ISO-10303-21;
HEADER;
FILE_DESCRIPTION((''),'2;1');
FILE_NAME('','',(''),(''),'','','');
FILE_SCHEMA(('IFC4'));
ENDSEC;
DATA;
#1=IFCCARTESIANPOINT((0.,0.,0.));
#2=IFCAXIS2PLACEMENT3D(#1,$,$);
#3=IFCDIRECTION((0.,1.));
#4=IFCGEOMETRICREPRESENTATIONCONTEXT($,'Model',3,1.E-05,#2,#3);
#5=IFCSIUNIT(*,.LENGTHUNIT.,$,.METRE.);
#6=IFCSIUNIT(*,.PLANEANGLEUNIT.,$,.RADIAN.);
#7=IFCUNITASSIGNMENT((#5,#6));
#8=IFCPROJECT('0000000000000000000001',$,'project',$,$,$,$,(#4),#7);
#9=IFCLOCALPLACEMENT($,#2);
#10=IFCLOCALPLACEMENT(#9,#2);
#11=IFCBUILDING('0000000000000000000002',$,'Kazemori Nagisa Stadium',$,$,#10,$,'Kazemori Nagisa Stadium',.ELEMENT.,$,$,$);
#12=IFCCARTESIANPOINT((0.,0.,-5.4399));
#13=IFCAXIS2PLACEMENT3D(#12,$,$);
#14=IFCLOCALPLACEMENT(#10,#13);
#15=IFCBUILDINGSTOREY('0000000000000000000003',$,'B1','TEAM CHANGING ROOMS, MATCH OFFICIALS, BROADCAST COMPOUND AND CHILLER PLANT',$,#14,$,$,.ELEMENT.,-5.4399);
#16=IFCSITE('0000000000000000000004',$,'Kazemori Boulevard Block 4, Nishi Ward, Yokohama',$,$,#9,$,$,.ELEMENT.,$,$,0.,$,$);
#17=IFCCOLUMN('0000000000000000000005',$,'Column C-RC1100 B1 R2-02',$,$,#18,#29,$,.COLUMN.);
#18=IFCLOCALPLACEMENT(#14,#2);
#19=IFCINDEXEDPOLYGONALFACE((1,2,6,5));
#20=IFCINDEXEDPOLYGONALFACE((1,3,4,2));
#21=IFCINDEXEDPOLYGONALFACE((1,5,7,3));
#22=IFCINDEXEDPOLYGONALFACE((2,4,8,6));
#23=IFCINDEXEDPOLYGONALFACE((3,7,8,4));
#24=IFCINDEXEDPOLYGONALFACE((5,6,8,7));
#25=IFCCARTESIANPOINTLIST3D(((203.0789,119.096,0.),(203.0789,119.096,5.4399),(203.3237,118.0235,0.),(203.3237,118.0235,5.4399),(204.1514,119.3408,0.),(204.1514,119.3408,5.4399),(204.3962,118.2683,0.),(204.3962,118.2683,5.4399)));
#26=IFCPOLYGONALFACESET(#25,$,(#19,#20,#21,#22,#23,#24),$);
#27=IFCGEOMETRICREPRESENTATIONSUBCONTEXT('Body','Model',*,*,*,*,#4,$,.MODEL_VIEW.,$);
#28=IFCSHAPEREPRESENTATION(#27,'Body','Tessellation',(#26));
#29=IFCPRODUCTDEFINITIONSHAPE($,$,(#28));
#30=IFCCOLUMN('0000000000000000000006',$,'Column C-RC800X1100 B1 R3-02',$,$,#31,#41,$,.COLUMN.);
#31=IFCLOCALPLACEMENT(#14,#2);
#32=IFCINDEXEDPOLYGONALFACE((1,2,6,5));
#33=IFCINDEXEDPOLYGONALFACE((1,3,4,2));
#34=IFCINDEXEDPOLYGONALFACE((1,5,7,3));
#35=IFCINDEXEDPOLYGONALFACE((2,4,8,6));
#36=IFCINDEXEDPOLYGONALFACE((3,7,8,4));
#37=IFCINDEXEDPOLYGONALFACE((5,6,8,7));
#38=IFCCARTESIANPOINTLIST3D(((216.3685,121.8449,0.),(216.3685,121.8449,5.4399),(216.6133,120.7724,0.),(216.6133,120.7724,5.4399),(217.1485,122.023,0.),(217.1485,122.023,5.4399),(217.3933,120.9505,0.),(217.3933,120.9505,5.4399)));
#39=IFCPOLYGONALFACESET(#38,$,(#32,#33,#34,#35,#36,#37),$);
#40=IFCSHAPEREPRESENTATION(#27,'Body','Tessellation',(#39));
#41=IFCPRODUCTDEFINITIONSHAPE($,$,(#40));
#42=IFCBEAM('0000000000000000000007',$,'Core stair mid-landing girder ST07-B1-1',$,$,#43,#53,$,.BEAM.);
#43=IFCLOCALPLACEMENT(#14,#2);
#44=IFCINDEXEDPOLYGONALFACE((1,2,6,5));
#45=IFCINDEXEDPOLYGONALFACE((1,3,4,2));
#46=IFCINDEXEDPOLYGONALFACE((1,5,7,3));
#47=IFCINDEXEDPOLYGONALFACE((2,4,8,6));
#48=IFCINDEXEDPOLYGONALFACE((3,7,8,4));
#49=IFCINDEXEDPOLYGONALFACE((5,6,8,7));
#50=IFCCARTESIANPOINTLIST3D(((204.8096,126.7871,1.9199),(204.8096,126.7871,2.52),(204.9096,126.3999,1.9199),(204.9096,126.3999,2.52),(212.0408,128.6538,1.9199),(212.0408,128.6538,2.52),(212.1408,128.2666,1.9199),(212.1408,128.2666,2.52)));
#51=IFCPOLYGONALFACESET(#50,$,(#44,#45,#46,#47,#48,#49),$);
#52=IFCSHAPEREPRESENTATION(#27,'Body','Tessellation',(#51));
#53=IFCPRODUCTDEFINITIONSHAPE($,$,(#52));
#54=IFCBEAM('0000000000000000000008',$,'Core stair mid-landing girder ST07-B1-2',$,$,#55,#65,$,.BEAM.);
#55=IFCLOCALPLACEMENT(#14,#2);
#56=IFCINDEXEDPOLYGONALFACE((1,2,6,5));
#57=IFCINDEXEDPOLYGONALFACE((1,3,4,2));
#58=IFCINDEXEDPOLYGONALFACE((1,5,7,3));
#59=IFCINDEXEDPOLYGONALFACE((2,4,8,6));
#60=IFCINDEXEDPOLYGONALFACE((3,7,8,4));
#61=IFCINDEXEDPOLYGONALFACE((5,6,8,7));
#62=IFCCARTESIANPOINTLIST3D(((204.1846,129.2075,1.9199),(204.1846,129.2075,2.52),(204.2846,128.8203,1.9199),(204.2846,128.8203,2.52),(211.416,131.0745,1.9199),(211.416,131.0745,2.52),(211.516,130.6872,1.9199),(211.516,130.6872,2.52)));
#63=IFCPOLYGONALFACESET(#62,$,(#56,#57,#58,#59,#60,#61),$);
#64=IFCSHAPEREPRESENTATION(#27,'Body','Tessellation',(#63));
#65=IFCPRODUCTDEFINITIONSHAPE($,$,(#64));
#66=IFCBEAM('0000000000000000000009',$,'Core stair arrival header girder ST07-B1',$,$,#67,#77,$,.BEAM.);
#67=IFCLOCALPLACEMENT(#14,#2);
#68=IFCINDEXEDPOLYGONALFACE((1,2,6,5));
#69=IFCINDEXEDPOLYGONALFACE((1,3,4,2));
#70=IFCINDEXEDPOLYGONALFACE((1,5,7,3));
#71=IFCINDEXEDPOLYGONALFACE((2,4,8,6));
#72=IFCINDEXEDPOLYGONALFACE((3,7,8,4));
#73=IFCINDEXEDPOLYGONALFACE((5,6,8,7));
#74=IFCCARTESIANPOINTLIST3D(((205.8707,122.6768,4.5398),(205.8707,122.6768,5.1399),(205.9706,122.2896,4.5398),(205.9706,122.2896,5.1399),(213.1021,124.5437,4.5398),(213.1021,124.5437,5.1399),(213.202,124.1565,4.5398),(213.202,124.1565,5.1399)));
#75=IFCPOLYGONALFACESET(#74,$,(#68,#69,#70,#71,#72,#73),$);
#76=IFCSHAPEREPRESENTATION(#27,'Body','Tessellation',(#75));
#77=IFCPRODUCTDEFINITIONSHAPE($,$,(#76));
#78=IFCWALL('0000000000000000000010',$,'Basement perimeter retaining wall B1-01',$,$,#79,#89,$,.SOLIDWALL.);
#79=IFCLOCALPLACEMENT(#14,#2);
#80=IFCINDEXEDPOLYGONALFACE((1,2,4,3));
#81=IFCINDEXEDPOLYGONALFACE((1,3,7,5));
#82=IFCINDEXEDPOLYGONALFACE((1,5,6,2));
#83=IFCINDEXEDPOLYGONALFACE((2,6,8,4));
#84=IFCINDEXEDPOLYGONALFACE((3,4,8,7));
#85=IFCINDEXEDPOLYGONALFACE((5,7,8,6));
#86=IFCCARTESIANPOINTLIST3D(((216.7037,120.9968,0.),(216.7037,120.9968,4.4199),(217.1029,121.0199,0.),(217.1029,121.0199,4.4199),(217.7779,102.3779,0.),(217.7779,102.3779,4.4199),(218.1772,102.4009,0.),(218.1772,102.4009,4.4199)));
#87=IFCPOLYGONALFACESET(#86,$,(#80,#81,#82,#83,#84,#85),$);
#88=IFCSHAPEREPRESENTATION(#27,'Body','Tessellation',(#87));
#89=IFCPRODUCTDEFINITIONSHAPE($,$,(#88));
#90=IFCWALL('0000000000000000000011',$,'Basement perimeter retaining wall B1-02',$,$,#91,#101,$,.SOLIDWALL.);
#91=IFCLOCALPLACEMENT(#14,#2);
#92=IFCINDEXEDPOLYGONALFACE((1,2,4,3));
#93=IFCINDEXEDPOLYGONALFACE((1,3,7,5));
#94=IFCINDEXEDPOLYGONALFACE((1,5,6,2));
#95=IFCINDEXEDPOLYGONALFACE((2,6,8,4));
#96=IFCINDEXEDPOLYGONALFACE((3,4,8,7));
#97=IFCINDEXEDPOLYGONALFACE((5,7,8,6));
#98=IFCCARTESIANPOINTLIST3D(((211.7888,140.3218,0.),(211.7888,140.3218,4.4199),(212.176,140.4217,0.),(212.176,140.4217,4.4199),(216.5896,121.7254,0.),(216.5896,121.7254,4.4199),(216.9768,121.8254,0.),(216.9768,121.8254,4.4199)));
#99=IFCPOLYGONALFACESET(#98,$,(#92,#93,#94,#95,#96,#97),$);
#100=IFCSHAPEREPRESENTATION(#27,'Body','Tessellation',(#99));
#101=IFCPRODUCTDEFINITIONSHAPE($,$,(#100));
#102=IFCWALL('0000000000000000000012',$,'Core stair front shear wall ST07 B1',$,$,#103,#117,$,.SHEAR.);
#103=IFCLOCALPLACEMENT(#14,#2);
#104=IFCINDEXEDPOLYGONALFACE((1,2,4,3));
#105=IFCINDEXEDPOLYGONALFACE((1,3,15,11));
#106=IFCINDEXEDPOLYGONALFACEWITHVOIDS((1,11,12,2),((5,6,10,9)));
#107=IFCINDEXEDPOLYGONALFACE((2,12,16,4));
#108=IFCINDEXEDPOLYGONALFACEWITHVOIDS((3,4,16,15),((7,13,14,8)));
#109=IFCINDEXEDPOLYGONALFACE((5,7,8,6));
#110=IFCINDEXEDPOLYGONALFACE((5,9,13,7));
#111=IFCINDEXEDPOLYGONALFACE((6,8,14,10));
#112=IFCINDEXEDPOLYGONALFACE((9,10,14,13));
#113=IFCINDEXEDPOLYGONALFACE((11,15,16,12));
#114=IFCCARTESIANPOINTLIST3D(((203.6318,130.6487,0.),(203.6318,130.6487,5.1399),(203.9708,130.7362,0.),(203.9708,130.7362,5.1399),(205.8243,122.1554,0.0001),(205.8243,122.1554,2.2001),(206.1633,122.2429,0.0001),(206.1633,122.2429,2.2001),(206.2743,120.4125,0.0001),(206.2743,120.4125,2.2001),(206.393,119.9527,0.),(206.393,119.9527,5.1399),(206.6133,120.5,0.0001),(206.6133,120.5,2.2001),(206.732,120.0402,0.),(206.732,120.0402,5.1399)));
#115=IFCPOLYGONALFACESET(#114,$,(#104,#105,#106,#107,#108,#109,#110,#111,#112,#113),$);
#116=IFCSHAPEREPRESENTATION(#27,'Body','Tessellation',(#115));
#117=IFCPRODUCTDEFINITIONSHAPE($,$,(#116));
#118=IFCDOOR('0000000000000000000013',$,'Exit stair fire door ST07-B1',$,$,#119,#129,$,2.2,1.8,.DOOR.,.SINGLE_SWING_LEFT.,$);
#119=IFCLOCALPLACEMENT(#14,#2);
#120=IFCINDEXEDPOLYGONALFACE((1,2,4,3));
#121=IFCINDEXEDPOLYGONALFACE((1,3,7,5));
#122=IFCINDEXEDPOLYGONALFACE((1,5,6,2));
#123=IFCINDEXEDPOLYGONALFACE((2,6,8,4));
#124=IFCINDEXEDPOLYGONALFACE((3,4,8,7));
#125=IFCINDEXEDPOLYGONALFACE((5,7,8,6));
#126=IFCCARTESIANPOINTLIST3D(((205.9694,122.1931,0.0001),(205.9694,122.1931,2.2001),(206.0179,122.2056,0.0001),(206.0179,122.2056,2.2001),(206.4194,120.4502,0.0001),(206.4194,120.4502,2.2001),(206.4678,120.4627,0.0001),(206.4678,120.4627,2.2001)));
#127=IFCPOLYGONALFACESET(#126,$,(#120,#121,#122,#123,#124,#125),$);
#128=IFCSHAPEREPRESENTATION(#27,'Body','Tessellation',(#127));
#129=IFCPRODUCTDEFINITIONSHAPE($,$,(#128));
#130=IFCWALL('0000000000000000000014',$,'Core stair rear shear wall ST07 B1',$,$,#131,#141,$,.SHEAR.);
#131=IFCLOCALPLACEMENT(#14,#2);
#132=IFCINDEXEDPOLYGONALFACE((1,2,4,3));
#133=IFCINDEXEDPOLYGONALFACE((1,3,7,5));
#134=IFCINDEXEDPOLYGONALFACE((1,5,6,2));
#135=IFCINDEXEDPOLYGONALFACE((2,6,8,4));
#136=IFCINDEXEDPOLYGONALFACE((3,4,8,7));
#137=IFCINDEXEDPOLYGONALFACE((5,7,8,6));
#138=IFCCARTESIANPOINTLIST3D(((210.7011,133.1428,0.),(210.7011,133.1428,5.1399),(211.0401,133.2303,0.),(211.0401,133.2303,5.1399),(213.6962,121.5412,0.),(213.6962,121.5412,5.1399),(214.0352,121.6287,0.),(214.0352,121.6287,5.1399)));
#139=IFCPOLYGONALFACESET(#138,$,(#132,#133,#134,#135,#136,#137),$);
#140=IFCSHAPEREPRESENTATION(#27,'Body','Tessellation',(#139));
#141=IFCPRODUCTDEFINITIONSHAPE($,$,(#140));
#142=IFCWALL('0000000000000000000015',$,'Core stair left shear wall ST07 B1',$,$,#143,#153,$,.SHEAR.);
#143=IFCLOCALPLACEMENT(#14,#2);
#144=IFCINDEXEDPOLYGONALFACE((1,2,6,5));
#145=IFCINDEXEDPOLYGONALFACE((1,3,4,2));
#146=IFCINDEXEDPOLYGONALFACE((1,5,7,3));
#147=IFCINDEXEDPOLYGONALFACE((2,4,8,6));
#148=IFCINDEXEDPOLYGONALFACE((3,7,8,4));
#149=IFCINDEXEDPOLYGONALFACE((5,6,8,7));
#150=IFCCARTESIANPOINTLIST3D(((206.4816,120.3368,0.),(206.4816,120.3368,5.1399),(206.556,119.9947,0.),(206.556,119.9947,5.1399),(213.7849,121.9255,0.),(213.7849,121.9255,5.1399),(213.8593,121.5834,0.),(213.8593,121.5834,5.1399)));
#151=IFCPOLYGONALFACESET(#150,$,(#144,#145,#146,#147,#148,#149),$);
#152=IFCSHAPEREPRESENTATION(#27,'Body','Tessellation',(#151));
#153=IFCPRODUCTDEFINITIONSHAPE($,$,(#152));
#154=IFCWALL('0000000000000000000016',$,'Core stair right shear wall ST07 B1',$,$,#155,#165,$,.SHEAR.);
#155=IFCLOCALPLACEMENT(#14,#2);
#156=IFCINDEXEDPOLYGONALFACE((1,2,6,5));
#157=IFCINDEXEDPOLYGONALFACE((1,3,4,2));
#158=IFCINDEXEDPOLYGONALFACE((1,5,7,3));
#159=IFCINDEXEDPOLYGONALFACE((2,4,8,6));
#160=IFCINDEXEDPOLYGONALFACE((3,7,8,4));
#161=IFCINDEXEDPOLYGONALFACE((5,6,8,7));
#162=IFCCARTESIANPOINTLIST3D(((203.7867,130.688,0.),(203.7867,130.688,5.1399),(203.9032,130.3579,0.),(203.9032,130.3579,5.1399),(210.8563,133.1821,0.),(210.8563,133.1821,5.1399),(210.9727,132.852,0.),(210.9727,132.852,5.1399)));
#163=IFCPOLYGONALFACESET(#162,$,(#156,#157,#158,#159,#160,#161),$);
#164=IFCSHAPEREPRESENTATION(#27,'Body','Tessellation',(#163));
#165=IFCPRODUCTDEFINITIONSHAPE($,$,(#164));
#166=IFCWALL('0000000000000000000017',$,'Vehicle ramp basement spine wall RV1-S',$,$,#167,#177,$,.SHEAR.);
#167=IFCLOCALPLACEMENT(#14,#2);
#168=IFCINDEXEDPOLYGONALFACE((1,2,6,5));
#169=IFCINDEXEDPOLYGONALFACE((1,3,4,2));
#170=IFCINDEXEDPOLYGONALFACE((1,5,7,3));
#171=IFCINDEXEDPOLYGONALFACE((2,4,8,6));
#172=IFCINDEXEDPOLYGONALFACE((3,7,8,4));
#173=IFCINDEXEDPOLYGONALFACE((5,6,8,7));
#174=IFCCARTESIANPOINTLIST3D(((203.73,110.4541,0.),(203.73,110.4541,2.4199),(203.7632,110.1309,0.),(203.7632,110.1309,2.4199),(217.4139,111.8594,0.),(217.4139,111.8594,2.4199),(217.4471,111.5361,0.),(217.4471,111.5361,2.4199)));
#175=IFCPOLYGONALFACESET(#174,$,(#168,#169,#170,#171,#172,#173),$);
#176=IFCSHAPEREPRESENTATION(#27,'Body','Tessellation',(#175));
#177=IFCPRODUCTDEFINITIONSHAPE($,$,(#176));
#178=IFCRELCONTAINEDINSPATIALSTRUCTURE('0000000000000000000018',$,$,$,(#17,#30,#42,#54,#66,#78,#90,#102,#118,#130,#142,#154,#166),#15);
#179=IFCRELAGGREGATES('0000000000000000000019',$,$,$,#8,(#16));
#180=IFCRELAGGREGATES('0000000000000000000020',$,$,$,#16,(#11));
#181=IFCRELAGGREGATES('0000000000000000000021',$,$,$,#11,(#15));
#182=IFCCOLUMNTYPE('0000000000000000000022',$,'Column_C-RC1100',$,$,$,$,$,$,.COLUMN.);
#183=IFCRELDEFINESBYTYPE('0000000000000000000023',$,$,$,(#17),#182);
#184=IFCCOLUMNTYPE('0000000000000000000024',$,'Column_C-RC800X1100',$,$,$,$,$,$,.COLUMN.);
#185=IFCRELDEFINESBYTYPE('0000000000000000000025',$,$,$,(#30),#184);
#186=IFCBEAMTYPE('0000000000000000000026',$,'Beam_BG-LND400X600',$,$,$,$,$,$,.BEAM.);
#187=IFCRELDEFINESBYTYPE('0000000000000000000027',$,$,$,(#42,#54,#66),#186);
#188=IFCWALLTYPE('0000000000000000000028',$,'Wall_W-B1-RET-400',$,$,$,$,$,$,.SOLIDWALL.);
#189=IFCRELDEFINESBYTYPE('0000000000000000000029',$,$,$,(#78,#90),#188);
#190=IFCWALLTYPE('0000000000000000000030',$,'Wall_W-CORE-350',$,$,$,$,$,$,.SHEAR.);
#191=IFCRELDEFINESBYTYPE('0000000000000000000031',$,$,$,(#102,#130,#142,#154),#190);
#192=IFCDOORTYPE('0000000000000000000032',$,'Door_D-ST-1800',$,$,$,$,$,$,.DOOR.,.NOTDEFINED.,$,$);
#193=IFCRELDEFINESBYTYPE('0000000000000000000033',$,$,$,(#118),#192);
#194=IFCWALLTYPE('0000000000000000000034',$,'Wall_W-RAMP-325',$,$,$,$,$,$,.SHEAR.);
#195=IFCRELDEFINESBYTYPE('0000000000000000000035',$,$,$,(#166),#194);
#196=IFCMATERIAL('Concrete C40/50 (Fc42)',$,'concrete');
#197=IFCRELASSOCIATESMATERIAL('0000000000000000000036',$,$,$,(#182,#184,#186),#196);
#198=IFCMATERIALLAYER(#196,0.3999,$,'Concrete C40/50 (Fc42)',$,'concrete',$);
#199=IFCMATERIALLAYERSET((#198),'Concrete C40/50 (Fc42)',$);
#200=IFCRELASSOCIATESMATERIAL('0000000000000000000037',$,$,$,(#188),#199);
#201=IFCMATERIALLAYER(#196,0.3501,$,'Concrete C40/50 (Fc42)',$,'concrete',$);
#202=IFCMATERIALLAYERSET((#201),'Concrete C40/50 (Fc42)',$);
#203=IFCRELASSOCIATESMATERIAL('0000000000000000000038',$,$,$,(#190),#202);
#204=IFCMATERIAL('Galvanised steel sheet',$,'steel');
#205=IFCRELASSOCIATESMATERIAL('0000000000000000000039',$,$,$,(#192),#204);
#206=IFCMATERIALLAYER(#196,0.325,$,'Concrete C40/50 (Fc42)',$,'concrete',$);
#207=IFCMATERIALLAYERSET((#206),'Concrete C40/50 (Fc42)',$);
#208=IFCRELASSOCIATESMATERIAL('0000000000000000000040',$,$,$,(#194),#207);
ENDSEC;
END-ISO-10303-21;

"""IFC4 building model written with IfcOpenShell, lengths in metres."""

from ifc_helpers import new_model, si_unit, direction, frame, frame_2d, origin, origin_2d, place, context, subcontext, project, spatial, rectangle, extrude, material, layer, layer_set, material_profile, profile_set, type_object, element, fill, save


model = new_model("IFC4")

# Units and contexts
model_context = context("Model", 3, precision=1e-05, world=origin(), true_north=direction((0.0, 1.0)))
body_context = subcontext(model_context, "Body", "Model", "MODEL_VIEW")
ifc_project = project(units=[si_unit("LENGTHUNIT", "METRE"), si_unit("PLANEANGLEUNIT", "RADIAN")], contexts=[model_context])

# Site, building, storey
site_placement = place(None, origin())
site = spatial("IfcSite", under=ifc_project, at=site_placement, Name="Kazemori Boulevard Block 4, Nishi Ward, Yokohama", CompositionType="ELEMENT", RefElevation=0.0)
building_placement = place(site_placement, origin())
building = spatial("IfcBuilding", under=site, at=building_placement, Name="Kazemori Nagisa Stadium", LongName="Kazemori Nagisa Stadium", CompositionType="ELEMENT")
storey_placement = place(building_placement, frame((0.0, 0.0, -5.4399)))
storey = spatial("IfcBuildingStorey", under=building, at=storey_placement, Name="B1", Description="TEAM CHANGING ROOMS, MATCH OFFICIALS, BROADCAST COMPOUND AND CHILLER PLANT", CompositionType="ELEMENT", Elevation=-5.4399)

# Shared definitions
ifc_material_1 = material(Name="Concrete C40/50 (Fc42)", Category="concrete")

# Columns
ifc_material_profile_1 = material_profile(ifc_material_1, rectangle(XDim=1.1001, YDim=1.1001, at=origin_2d()), Name="RC-COL-1100x1100")
ifc_profile_set_1 = profile_set([ifc_material_profile_1], Name="Concrete C40/50 (Fc42)")
column_type_1 = type_object("IfcColumnType", Name="Column_C-RC1100", PredefinedType="COLUMN", material=ifc_profile_set_1)
column_1_placement = place(storey_placement, frame((203.7375, 118.6821, 0.0), z_axis=(0.0, 0.0, 1.0), x_axis=(0.974928, 0.222521, 0.0)))
element("IfcColumn", 1, at=column_1_placement, inside=storey, type_object=column_type_1, Name="Column C-RC1100 B1 R2-02", PredefinedType="COLUMN", context=body_context, shape_type="SweptSolid", body=[
    extrude(rectangle(XDim=1.1001, YDim=1.1001, at=origin_2d()), origin(), (0.0, 0.0, 1.0), 5.4399),
])
ifc_material_profile_2 = material_profile(ifc_material_1, rectangle(XDim=0.8, YDim=1.1001, at=origin_2d()), Name="RC-COL-800x1100")
ifc_profile_set_2 = profile_set([ifc_material_profile_2], Name="Concrete C40/50 (Fc42)")
column_type_2 = type_object("IfcColumnType", Name="Column_C-RC800X1100", PredefinedType="COLUMN", material=ifc_profile_set_2)
column_2_placement = place(storey_placement, frame((216.8809, 121.3977, 0.0), z_axis=(0.0, 0.0, 1.0), x_axis=(0.974928, 0.222521, 0.0)))
element("IfcColumn", 2, at=column_2_placement, inside=storey, type_object=column_type_2, Name="Column C-RC800X1100 B1 R3-02", PredefinedType="COLUMN", context=body_context, shape_type="SweptSolid", body=[
    extrude(rectangle(XDim=0.8, YDim=1.1001, at=origin_2d()), origin(), (0.0, 0.0, 1.0), 5.4399),
])

# Beams
ifc_material_profile_3 = material_profile(ifc_material_1, rectangle(XDim=0.3999, YDim=0.6001, at=origin_2d()), Name="RC-BM-400x600")
ifc_profile_set_3 = profile_set([ifc_material_profile_3], Name="Concrete C40/50 (Fc42)")
beam_type = type_object("IfcBeamType", Name="Beam_BG-LND400X600", PredefinedType="BEAM", material=ifc_profile_set_3)
beam_placement = place(storey_placement, frame((204.8596, 126.5935, 2.22), z_axis=(0.968258, 0.249951, 0.0), x_axis=(-0.249951, 0.968258, 0.0)))
element("IfcBeam", 3, at=beam_placement, inside=storey, type_object=beam_type, Name="Core stair mid-landing girder ST07-B1-1", PredefinedType="BEAM", context=body_context, shape_type="SweptSolid", body=[
    extrude(rectangle(XDim=0.3999, YDim=0.6001, at=origin_2d()), origin(), (0.0, 0.0, 1.0), 7.4683),
])
for number, where, z_axis, x_axis, name in (
    (4, (204.2346, 129.0139, 2.22), (0.968253, 0.249974, 0.0), (-0.249974, 0.968253, 0.0), "Core stair mid-landing girder ST07-B1-2"),
    (5, (205.9207, 122.4832, 4.8398), (0.968253, 0.249974, 0.0), (-0.249974, 0.968253, 0.0), "Core stair arrival header girder ST07-B1"),
):
    element("IfcBeam", number, at=place(storey_placement, frame(where, z_axis=z_axis, x_axis=x_axis)), inside=storey, type_object=beam_type, Name=name, PredefinedType="BEAM", context=body_context, shape_type="SweptSolid", body=[
        extrude(rectangle(XDim=0.3999, YDim=0.6001, at=origin_2d()), origin(), (0.0, 0.0, 1.0), 7.4685),
    ])

# Walls
ifc_layer_1 = layer(ifc_material_1, 0.3999, Name="Concrete C40/50 (Fc42)", Category="concrete")
ifc_layer_set_1 = layer_set([ifc_layer_1], Name="Concrete C40/50 (Fc42)")
wall_type_1 = type_object("IfcWallType", Name="Wall_W-B1-RET-400", PredefinedType="SOLIDWALL", material=ifc_layer_set_1)
wall_1_placement = place(storey_placement, frame((217.9775, 102.3894, 0.0), z_axis=(0.0, 0.0, 1.0), x_axis=(-0.057599, 0.99834, 0.0)))
element("IfcWall", 6, at=wall_1_placement, inside=storey, type_object=wall_type_1, Name="Basement perimeter retaining wall B1-01", PredefinedType="SOLIDWALL", context=body_context, shape_type="SweptSolid", body=[
    extrude(rectangle(XDim=18.6499, YDim=0.3999, at=frame_2d((9.325, 0.0))), origin(), (0.0, 0.0, 1.0), 4.4199),
])
wall_2_placement = place(storey_placement, frame((216.7832, 121.7754, 0.0), z_axis=(0.0, 0.0, 1.0), x_axis=(-0.249961, 0.968256, 0.0)))
element("IfcWall", 7, at=wall_2_placement, inside=storey, type_object=wall_type_1, Name="Basement perimeter retaining wall B1-02", PredefinedType="SOLIDWALL", context=body_context, shape_type="SweptSolid", body=[
    extrude(rectangle(XDim=19.2061, YDim=0.3999, at=frame_2d((9.603, 0.0))), origin(), (0.0, 0.0, 1.0), 4.4199),
])

# Wall, opening, door
ifc_layer_2 = layer(ifc_material_1, 0.3501, Name="Concrete C40/50 (Fc42)", Category="concrete")
ifc_layer_set_2 = layer_set([ifc_layer_2], Name="Concrete C40/50 (Fc42)")
wall_type_2 = type_object("IfcWallType", Name="Wall_W-CORE-350", PredefinedType="SHEAR", material=ifc_layer_set_2)
wall_3_placement = place(storey_placement, frame((206.5625, 119.9963, 0.0), z_axis=(0.0, 0.0, 1.0), x_axis=(-0.24996, 0.968256, 0.0)))
wall_3 = element("IfcWall", 8, at=wall_3_placement, inside=storey, type_object=wall_type_2, Name="Core stair front shear wall ST07 B1", PredefinedType="SHEAR", context=body_context, shape_type="SweptSolid", body=[
    extrude(rectangle(XDim=11.0466, YDim=0.3501, at=frame_2d((5.5234, 0.0))), origin(), (0.0, 0.0, 1.0), 5.1399),
])
opening_1_placement = place(wall_3_placement, frame((0.4751, 0.0, 0.0)))
opening_1 = element("IfcOpeningElement", 9, at=opening_1_placement, cuts=wall_3, PredefinedType="OPENING", context=body_context, shape_type="SweptSolid", body=[
    extrude(rectangle(XDim=1.8, YDim=2.2, at=frame_2d((0.8999, 1.1001))), frame((0.0, 0.1851, 0.0), z_axis=(0.0, -1.0, 0.0), x_axis=(1.0, 0.0, 0.0)), (0.0, 0.0, 1.0), 0.3701),
])
ifc_material_2 = material(Name="Galvanised steel sheet", Category="steel")
door_type_1 = type_object("IfcDoorType", Name="Door_D-ST-1800", OperationType="NOTDEFINED", PredefinedType="DOOR", material=ifc_material_2)
door_1_placement = place(opening_1_placement, frame((1.8, 0.0, 0.0), z_axis=(0.0, 0.0, 1.0), x_axis=(-1.0, 0.0, 0.0)))
door_1 = element("IfcDoor", 10, at=door_1_placement, inside=storey, type_object=door_type_1, Name="Exit stair fire door ST07-B1", OperationType="SINGLE_SWING_LEFT", OverallHeight=2.2, OverallWidth=1.8, PredefinedType="DOOR", context=body_context, shape_type="SweptSolid", body=[
    extrude(rectangle(XDim=1.8, YDim=2.2, at=frame_2d((0.8999, 1.1001))), frame((0.0, 0.0249, 0.0), z_axis=(0.0, -1.0, 0.0), x_axis=(1.0, 0.0, 0.0)), (0.0, 0.0, 1.0), 0.05),
])
fill(opening_1, door_1)

# Walls
wall_4_placement = place(storey_placement, frame((213.8657, 121.585, 0.0), z_axis=(0.0, 0.0, 1.0), x_axis=(-0.249969, 0.968254, 0.0)))
element("IfcWall", 11, at=wall_4_placement, inside=storey, type_object=wall_type_2, Name="Core stair rear shear wall ST07 B1", PredefinedType="SHEAR", context=body_context, shape_type="SweptSolid", body=[
    extrude(rectangle(XDim=11.9819, YDim=0.3501, at=frame_2d((5.991, 0.0))), origin(), (0.0, 0.0, 1.0), 5.1399),
])
wall_5_placement = place(storey_placement, frame((206.5188, 120.1658, 0.0), z_axis=(0.0, 0.0, 1.0), x_axis=(0.97715, 0.212553, 0.0)))
element("IfcWall", 12, at=wall_5_placement, inside=storey, type_object=wall_type_2, Name="Core stair left shear wall ST07 B1", PredefinedType="SHEAR", context=body_context, shape_type="SweptSolid", body=[
    extrude(rectangle(XDim=7.4741, YDim=0.3501, at=frame_2d((3.7371, 0.0))), origin(), (0.0, 0.0, 1.0), 5.1399),
])
wall_6_placement = place(storey_placement, frame((203.845, 130.5229, 0.0), z_axis=(0.0, 0.0, 1.0), x_axis=(0.943032, 0.332701, 0.0)))
element("IfcWall", 13, at=wall_6_placement, inside=storey, type_object=wall_type_2, Name="Core stair right shear wall ST07 B1", PredefinedType="SHEAR", context=body_context, shape_type="SweptSolid", body=[
    extrude(rectangle(XDim=7.4966, YDim=0.3501, at=frame_2d((3.7483, 0.0))), origin(), (0.0, 0.0, 1.0), 5.1399),
])
ifc_layer_3 = layer(ifc_material_1, 0.325, Name="Concrete C40/50 (Fc42)", Category="concrete")
ifc_layer_set_3 = layer_set([ifc_layer_3], Name="Concrete C40/50 (Fc42)")
wall_type_3 = type_object("IfcWallType", Name="Wall_W-RAMP-325", PredefinedType="SHEAR", material=ifc_layer_set_3)
wall_7_placement = place(storey_placement, frame((203.7466, 110.2925, 0.0), z_axis=(0.0, 0.0, 1.0), x_axis=(0.994768, 0.102159, 0.0)))
element("IfcWall", 14, at=wall_7_placement, inside=storey, type_object=wall_type_3, Name="Vehicle ramp basement spine wall RV1-S", PredefinedType="SHEAR", context=body_context, shape_type="SweptSolid", body=[
    extrude(rectangle(XDim=13.7559, YDim=0.325, at=frame_2d((6.8779, 0.0))), origin(), (0.0, 0.0, 1.0), 2.4199),
])

save(model, "model.ifc")
